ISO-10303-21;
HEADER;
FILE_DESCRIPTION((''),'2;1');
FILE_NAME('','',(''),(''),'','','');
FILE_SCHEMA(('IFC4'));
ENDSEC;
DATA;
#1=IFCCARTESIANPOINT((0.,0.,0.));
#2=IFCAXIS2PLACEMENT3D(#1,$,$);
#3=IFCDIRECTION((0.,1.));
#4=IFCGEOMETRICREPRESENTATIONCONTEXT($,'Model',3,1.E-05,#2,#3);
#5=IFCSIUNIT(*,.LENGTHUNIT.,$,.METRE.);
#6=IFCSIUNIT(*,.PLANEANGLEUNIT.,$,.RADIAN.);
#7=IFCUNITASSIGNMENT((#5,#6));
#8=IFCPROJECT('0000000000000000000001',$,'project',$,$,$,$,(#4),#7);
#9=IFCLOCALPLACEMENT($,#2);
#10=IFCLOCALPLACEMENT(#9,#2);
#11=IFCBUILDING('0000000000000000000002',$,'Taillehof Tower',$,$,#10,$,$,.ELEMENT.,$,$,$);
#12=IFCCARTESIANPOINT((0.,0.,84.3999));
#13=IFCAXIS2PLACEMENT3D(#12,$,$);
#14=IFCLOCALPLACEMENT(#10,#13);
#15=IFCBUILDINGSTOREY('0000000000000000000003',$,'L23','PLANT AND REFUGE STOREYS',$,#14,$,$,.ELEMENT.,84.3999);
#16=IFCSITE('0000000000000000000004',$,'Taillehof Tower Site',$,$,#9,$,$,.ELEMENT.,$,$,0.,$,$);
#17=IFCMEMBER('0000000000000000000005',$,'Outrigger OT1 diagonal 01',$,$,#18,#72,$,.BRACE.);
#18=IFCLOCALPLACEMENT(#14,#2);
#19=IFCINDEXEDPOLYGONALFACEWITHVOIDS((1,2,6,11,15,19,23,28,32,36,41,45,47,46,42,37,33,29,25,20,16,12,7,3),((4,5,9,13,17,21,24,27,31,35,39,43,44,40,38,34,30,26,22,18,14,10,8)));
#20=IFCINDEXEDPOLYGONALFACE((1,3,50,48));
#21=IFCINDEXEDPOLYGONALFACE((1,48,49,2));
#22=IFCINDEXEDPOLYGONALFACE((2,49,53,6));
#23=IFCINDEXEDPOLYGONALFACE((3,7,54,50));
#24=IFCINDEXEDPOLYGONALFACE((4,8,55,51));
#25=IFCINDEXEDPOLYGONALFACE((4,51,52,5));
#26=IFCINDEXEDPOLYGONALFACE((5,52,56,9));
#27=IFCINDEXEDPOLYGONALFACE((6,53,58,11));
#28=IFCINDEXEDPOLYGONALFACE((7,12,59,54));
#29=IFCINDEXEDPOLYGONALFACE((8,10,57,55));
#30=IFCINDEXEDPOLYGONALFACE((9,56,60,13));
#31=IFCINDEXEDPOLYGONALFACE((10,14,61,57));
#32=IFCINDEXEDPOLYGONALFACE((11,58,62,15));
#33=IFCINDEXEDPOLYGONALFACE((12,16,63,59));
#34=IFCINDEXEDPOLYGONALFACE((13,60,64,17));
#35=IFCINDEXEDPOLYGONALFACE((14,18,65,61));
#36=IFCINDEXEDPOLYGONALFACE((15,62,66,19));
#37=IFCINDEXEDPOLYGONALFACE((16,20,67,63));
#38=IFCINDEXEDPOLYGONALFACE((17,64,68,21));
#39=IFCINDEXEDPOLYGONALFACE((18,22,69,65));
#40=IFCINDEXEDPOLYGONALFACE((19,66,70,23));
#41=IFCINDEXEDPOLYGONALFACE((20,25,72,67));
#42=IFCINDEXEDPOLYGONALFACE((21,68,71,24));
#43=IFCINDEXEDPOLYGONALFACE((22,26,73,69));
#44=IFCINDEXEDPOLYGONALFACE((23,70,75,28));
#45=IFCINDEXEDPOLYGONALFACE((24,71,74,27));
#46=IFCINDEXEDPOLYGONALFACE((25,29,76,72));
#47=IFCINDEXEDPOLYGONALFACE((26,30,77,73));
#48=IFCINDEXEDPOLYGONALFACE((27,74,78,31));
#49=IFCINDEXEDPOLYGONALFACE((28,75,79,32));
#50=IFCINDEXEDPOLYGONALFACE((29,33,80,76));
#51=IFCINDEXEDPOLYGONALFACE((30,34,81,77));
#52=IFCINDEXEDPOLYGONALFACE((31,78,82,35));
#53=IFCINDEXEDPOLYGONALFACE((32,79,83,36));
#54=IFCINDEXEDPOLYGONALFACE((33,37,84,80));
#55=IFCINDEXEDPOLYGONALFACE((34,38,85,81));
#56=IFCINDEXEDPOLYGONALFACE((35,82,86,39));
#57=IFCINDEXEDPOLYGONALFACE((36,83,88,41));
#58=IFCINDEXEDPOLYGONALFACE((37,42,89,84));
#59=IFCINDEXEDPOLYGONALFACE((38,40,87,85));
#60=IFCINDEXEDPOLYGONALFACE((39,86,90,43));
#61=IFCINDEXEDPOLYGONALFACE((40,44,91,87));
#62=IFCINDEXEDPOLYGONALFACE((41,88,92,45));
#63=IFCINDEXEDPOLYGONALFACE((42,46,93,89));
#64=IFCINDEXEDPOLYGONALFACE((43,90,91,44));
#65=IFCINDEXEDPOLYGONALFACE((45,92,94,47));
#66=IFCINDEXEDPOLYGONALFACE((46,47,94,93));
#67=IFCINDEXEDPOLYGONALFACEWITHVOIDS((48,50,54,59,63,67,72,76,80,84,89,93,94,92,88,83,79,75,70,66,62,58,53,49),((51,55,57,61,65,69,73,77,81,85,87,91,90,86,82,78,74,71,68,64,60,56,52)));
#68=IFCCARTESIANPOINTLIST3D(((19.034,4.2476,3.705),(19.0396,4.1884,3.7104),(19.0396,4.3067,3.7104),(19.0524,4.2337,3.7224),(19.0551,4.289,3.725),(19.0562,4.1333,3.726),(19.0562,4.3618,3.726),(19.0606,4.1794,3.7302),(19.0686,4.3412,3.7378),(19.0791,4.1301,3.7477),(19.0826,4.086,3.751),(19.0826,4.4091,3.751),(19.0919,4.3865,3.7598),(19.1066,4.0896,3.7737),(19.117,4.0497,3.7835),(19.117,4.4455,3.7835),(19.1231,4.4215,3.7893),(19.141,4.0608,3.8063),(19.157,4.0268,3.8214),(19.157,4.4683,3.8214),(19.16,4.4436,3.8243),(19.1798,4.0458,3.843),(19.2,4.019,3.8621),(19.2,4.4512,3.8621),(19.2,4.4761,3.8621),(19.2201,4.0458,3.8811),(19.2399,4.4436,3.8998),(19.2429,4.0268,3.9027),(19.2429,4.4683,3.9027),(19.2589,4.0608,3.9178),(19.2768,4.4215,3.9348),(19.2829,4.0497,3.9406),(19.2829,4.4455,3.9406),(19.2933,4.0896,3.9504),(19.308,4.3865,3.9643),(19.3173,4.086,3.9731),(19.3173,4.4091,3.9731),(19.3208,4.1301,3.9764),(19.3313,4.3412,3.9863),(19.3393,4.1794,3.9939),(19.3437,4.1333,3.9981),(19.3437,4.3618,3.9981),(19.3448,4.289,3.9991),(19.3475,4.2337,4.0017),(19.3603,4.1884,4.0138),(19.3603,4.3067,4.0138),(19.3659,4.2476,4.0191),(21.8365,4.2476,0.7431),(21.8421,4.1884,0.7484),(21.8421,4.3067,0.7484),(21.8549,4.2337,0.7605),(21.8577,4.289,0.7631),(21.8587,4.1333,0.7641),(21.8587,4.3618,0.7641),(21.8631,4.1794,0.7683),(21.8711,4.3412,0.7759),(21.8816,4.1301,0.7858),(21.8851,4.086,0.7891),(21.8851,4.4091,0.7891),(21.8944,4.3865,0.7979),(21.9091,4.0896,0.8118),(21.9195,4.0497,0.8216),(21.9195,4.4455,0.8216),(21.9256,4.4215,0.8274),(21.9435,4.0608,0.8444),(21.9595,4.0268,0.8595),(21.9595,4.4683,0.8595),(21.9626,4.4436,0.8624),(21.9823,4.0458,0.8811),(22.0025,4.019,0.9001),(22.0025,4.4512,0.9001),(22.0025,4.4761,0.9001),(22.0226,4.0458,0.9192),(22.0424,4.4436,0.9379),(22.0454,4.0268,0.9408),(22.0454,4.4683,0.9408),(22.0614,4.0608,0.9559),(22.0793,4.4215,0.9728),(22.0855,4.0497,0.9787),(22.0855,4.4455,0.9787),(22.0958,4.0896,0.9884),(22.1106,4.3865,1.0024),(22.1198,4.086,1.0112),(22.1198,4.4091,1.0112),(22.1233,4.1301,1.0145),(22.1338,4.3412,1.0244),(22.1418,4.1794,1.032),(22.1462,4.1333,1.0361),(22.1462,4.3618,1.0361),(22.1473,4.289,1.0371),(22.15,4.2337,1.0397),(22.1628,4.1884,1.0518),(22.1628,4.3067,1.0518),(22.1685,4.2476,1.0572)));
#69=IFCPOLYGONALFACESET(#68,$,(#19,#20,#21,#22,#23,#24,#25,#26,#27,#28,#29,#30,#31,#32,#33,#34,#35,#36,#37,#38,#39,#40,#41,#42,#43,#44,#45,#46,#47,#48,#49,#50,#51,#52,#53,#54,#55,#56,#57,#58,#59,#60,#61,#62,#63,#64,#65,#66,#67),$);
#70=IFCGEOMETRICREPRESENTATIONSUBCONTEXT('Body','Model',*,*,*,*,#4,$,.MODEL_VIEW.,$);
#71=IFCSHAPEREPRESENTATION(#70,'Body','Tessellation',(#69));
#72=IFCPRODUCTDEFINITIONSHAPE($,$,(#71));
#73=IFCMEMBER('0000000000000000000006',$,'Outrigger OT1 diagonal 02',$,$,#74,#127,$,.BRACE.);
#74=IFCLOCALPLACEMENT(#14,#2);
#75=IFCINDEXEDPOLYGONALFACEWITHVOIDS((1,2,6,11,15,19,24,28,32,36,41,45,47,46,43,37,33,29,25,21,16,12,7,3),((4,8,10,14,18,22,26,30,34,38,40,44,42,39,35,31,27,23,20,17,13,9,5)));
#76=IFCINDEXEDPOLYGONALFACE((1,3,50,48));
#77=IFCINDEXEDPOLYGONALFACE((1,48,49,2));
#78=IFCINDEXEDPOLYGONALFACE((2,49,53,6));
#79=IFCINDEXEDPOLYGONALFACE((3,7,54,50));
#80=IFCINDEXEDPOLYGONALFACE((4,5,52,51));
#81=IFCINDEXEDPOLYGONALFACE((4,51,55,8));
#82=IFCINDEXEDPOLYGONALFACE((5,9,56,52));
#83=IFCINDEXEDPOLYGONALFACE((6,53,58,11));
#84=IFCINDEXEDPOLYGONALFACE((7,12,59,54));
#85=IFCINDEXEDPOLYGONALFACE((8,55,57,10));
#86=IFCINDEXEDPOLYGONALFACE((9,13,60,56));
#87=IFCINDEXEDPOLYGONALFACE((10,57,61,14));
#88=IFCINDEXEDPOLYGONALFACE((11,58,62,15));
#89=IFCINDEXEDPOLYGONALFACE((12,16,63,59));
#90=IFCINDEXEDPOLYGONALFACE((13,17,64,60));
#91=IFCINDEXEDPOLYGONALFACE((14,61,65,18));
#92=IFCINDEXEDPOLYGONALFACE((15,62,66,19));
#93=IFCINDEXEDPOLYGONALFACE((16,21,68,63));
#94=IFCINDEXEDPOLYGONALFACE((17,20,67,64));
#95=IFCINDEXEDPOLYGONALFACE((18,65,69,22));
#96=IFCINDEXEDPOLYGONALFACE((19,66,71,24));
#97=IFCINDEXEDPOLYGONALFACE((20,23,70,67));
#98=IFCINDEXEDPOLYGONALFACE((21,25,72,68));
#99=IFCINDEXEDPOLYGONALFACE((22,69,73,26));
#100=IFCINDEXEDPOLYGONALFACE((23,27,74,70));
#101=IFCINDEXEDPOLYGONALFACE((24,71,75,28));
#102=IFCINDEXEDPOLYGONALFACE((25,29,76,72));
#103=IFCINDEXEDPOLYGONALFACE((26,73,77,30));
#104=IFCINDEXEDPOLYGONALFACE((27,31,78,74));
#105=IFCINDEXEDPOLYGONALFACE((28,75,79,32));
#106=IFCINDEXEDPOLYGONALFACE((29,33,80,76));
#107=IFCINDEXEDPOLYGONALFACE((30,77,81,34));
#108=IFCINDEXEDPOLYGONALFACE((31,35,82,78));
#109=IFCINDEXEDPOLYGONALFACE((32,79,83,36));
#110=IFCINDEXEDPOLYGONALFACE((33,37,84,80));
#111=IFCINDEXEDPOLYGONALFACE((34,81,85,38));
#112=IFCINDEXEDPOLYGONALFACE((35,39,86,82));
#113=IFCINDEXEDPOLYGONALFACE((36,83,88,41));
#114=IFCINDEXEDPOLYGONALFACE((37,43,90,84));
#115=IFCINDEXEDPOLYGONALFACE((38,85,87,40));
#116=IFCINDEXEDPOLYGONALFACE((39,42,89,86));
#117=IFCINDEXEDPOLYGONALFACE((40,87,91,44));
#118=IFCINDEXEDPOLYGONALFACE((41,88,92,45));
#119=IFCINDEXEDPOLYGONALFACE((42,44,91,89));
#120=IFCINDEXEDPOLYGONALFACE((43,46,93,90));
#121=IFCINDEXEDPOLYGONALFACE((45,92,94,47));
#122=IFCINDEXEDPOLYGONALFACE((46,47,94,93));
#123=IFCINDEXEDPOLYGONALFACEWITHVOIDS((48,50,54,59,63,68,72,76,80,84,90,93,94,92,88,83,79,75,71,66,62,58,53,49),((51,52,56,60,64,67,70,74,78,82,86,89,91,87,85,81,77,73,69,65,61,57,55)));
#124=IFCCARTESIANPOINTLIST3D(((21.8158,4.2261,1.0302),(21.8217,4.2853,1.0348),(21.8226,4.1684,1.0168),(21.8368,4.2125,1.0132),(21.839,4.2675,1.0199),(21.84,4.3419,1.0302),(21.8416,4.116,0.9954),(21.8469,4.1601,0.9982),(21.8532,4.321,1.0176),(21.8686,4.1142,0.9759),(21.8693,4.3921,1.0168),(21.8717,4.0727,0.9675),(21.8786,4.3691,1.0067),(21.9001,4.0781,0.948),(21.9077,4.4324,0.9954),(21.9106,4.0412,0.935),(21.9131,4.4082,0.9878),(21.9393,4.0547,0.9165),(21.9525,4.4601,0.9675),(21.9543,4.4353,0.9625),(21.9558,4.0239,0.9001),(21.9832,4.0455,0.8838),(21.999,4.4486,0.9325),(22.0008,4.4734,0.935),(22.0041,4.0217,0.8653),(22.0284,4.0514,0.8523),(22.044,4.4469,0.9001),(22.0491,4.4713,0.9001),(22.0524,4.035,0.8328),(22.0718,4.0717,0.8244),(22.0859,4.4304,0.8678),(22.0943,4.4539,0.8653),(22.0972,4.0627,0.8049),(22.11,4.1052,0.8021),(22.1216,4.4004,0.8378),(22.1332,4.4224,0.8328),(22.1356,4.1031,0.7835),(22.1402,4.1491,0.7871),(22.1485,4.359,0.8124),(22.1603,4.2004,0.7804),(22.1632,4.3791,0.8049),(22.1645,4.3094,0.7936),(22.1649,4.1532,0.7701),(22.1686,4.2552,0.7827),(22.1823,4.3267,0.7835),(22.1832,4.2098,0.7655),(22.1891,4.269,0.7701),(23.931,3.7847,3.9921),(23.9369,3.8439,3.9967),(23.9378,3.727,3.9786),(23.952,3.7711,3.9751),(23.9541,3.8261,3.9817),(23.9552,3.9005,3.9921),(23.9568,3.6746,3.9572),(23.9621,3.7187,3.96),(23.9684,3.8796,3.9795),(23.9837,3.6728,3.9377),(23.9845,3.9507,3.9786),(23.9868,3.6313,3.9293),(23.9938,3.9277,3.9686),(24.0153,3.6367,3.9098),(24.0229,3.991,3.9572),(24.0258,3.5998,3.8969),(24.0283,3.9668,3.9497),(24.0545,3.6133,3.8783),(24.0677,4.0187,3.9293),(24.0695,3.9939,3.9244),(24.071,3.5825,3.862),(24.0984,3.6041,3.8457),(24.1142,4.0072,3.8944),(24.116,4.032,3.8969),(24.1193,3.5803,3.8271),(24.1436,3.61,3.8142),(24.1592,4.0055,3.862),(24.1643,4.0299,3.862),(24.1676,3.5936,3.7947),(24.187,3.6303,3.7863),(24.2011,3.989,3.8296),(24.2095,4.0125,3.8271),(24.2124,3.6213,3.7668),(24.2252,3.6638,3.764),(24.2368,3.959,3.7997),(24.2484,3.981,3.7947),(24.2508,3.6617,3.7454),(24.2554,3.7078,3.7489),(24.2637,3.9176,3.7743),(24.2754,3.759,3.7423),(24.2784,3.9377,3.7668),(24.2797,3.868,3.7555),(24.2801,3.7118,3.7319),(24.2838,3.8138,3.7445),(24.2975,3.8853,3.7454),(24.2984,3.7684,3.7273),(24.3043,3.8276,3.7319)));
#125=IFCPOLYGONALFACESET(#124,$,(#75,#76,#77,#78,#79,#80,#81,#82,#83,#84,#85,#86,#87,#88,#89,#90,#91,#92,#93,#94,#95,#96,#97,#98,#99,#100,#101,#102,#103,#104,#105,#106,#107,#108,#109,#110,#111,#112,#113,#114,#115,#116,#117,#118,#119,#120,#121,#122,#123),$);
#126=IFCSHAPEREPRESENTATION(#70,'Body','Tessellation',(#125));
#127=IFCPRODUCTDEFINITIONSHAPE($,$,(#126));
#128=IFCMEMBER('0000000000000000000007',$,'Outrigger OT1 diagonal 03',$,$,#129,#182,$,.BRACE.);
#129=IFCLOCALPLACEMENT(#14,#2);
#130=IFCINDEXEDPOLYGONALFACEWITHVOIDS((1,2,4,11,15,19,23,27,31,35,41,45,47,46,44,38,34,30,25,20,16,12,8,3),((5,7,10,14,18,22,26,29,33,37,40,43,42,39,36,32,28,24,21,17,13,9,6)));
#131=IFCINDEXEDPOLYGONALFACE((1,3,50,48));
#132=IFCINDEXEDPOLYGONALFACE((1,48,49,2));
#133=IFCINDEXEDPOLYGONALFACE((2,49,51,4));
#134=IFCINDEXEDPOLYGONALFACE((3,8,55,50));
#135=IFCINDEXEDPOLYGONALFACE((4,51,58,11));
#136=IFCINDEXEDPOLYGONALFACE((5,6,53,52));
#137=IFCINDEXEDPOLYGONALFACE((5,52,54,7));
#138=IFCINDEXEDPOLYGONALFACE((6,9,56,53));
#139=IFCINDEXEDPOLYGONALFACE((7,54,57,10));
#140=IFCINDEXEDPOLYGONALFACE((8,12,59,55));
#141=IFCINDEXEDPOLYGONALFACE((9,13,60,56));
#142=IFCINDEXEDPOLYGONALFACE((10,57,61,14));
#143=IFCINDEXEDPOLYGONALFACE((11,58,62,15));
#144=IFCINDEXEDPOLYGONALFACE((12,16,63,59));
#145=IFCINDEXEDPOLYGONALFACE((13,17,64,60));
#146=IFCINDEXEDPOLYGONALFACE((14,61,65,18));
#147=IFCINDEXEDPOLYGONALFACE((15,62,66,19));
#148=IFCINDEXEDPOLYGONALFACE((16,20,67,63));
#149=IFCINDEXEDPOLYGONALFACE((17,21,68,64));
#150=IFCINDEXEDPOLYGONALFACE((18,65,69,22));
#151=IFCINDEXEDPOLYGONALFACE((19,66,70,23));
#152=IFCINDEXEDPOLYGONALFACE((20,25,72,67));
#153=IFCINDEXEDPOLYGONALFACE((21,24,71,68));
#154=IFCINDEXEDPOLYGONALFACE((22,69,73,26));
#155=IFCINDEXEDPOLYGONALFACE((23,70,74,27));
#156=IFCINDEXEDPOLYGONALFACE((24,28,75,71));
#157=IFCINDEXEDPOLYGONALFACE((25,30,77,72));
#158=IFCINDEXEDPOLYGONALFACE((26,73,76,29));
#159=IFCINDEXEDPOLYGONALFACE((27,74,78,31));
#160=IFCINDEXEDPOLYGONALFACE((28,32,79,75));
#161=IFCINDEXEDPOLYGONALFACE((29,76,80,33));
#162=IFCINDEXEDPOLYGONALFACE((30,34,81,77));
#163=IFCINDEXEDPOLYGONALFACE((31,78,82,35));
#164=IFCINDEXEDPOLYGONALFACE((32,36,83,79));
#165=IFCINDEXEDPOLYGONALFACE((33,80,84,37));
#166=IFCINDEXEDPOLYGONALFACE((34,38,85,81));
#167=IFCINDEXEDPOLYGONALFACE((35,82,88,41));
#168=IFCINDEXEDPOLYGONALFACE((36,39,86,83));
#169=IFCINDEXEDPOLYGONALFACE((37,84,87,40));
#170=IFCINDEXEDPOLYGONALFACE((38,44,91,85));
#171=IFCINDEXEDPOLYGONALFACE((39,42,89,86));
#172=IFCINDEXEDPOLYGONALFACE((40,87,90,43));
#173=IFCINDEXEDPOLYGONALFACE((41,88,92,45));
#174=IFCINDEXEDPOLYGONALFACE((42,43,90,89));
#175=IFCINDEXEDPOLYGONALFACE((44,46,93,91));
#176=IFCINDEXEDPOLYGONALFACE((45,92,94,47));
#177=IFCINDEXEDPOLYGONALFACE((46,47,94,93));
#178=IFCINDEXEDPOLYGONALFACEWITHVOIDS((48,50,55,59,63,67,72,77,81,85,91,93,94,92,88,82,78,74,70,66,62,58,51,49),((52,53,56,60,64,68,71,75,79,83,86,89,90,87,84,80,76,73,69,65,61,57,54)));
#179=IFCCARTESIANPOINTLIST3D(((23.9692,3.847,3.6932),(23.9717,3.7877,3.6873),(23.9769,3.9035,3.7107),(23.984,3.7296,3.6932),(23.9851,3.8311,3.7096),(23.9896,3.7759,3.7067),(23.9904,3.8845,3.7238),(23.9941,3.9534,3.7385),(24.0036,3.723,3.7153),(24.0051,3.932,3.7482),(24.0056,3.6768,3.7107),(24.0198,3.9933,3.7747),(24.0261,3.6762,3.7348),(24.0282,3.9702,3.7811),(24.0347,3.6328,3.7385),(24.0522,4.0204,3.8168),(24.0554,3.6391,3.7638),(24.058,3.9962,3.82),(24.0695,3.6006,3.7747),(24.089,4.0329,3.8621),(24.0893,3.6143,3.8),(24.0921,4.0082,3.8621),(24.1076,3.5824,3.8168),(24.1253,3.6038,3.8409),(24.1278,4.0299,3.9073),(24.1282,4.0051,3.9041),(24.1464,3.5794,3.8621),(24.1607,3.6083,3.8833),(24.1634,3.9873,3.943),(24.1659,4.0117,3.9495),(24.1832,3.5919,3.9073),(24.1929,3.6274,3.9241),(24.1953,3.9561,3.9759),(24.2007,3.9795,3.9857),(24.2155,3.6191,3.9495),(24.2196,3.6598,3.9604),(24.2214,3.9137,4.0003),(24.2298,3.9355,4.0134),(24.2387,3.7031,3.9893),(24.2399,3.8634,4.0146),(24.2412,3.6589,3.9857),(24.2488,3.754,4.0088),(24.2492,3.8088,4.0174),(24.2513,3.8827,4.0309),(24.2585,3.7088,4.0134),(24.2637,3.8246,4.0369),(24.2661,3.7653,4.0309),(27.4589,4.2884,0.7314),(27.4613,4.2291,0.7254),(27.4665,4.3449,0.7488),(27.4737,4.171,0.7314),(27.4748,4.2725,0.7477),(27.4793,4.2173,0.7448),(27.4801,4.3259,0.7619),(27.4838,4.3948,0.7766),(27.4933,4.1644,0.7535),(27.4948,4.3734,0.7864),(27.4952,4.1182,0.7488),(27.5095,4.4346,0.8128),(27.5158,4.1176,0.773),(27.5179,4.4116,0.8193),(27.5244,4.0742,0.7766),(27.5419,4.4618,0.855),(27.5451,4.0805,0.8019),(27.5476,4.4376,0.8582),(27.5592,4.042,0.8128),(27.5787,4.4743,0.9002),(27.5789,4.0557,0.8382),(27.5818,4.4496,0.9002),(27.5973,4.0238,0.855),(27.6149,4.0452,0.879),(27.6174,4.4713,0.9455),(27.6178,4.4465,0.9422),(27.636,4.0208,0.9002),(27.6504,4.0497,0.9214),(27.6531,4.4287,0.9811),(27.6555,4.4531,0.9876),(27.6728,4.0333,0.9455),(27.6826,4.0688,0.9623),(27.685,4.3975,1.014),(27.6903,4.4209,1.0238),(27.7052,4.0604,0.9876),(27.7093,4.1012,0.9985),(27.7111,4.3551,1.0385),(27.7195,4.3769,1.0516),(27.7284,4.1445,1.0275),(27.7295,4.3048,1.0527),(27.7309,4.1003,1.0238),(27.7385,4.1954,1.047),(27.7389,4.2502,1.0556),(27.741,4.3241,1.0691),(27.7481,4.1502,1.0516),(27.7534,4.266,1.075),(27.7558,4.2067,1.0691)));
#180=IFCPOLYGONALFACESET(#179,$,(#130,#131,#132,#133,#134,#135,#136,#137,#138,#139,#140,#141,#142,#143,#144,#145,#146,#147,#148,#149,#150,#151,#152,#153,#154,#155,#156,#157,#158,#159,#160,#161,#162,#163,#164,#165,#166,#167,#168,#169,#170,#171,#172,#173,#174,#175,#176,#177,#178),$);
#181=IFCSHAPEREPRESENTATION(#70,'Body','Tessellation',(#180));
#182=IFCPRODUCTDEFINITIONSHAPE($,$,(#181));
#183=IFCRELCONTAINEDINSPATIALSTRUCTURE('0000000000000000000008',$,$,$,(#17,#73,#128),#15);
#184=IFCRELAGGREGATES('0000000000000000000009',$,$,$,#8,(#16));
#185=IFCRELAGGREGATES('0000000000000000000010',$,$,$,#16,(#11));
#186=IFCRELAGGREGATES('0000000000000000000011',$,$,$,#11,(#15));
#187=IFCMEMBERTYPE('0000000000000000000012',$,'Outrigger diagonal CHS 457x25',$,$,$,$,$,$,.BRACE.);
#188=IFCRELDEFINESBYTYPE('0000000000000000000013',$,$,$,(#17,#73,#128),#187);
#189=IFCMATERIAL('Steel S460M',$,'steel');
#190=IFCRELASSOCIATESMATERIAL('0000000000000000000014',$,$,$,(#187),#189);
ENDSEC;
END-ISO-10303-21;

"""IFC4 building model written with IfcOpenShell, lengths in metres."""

from ifc_helpers import new_model, si_unit, direction, frame, origin, origin_2d, place, context, subcontext, project, spatial, hollow_circle, extrude, material, material_profile, profile_set, type_object, element, save


model = new_model("IFC4")

# Units and contexts
model_context = context("Model", 3, precision=1e-05, world=origin(), true_north=direction((0.0, 1.0)))
body_context = subcontext(model_context, "Body", "Model", "MODEL_VIEW")
ifc_project = project(units=[si_unit("LENGTHUNIT", "METRE"), si_unit("PLANEANGLEUNIT", "RADIAN")], contexts=[model_context])

# Site, building, storey
site_placement = place(None, origin())
site = spatial("IfcSite", under=ifc_project, at=site_placement, Name="Taillehof Tower Site", CompositionType="ELEMENT", RefElevation=0.0)
building_placement = place(site_placement, origin())
building = spatial("IfcBuilding", under=site, at=building_placement, Name="Taillehof Tower", CompositionType="ELEMENT")
storey_placement = place(building_placement, frame((0.0, 0.0, 84.3999)))
storey = spatial("IfcBuildingStorey", under=building, at=storey_placement, Name="L23", Description="PLANT AND REFUGE STOREYS", CompositionType="ELEMENT", Elevation=84.3999)

# Members
ifc_material_1 = material(Name="Steel S460M", Category="steel")
ifc_material_profile_1 = material_profile(ifc_material_1, hollow_circle(Radius=0.2285, WallThickness=0.0249, at=origin_2d()), Name="CHS 457x25")
ifc_profile_set_1 = profile_set([ifc_material_profile_1], Name="Steel S460M")
member_type_1 = type_object("IfcMemberType", Name="Outrigger diagonal CHS 457x25", PredefinedType="BRACE", material=ifc_profile_set_1)
member_1_placement = place(storey_placement, frame((19.2, 4.2476, 3.8621), z_axis=(0.687288, 0.0, -0.726385), x_axis=(0.0, 1.0, 0.0)))
element("IfcMember", 1, at=member_1_placement, inside=storey, type_object=member_type_1, Name="Outrigger OT1 diagonal 01", PredefinedType="BRACE", context=body_context, shape_type="SweptSolid", body=[
    extrude(hollow_circle(Radius=0.2285, WallThickness=0.0249, at=origin_2d()), origin(), (0.0, 0.0, 1.0), 4.0776),
])
member_2_placement = place(storey_placement, frame((22.0024, 4.2476, 0.9001), z_axis=(0.576935, -0.120395, 0.807868), x_axis=(0.204279, 0.978913, 0.0)))
element("IfcMember", 2, at=member_2_placement, inside=storey, type_object=member_type_1, Name="Outrigger OT1 diagonal 02", PredefinedType="BRACE", context=body_context, shape_type="SweptSolid", body=[
    extrude(hollow_circle(Radius=0.2285, WallThickness=0.0249, at=origin_2d()), origin(), (0.0, 0.0, 1.0), 3.6663),
])
member_3_placement = place(storey_placement, frame((24.1177, 3.8062, 3.8621), z_axis=(0.75889, 0.095989, -0.644106), x_axis=(-0.125487, 0.992095, 0.0)))
element("IfcMember", 3, at=member_3_placement, inside=storey, type_object=member_type_1, Name="Outrigger OT1 diagonal 03", PredefinedType="BRACE", context=body_context, shape_type="SweptSolid", body=[
    extrude(hollow_circle(Radius=0.2285, WallThickness=0.0249, at=origin_2d()), origin(), (0.0, 0.0, 1.0), 4.5984),
])

save(model, "model.ifc")
